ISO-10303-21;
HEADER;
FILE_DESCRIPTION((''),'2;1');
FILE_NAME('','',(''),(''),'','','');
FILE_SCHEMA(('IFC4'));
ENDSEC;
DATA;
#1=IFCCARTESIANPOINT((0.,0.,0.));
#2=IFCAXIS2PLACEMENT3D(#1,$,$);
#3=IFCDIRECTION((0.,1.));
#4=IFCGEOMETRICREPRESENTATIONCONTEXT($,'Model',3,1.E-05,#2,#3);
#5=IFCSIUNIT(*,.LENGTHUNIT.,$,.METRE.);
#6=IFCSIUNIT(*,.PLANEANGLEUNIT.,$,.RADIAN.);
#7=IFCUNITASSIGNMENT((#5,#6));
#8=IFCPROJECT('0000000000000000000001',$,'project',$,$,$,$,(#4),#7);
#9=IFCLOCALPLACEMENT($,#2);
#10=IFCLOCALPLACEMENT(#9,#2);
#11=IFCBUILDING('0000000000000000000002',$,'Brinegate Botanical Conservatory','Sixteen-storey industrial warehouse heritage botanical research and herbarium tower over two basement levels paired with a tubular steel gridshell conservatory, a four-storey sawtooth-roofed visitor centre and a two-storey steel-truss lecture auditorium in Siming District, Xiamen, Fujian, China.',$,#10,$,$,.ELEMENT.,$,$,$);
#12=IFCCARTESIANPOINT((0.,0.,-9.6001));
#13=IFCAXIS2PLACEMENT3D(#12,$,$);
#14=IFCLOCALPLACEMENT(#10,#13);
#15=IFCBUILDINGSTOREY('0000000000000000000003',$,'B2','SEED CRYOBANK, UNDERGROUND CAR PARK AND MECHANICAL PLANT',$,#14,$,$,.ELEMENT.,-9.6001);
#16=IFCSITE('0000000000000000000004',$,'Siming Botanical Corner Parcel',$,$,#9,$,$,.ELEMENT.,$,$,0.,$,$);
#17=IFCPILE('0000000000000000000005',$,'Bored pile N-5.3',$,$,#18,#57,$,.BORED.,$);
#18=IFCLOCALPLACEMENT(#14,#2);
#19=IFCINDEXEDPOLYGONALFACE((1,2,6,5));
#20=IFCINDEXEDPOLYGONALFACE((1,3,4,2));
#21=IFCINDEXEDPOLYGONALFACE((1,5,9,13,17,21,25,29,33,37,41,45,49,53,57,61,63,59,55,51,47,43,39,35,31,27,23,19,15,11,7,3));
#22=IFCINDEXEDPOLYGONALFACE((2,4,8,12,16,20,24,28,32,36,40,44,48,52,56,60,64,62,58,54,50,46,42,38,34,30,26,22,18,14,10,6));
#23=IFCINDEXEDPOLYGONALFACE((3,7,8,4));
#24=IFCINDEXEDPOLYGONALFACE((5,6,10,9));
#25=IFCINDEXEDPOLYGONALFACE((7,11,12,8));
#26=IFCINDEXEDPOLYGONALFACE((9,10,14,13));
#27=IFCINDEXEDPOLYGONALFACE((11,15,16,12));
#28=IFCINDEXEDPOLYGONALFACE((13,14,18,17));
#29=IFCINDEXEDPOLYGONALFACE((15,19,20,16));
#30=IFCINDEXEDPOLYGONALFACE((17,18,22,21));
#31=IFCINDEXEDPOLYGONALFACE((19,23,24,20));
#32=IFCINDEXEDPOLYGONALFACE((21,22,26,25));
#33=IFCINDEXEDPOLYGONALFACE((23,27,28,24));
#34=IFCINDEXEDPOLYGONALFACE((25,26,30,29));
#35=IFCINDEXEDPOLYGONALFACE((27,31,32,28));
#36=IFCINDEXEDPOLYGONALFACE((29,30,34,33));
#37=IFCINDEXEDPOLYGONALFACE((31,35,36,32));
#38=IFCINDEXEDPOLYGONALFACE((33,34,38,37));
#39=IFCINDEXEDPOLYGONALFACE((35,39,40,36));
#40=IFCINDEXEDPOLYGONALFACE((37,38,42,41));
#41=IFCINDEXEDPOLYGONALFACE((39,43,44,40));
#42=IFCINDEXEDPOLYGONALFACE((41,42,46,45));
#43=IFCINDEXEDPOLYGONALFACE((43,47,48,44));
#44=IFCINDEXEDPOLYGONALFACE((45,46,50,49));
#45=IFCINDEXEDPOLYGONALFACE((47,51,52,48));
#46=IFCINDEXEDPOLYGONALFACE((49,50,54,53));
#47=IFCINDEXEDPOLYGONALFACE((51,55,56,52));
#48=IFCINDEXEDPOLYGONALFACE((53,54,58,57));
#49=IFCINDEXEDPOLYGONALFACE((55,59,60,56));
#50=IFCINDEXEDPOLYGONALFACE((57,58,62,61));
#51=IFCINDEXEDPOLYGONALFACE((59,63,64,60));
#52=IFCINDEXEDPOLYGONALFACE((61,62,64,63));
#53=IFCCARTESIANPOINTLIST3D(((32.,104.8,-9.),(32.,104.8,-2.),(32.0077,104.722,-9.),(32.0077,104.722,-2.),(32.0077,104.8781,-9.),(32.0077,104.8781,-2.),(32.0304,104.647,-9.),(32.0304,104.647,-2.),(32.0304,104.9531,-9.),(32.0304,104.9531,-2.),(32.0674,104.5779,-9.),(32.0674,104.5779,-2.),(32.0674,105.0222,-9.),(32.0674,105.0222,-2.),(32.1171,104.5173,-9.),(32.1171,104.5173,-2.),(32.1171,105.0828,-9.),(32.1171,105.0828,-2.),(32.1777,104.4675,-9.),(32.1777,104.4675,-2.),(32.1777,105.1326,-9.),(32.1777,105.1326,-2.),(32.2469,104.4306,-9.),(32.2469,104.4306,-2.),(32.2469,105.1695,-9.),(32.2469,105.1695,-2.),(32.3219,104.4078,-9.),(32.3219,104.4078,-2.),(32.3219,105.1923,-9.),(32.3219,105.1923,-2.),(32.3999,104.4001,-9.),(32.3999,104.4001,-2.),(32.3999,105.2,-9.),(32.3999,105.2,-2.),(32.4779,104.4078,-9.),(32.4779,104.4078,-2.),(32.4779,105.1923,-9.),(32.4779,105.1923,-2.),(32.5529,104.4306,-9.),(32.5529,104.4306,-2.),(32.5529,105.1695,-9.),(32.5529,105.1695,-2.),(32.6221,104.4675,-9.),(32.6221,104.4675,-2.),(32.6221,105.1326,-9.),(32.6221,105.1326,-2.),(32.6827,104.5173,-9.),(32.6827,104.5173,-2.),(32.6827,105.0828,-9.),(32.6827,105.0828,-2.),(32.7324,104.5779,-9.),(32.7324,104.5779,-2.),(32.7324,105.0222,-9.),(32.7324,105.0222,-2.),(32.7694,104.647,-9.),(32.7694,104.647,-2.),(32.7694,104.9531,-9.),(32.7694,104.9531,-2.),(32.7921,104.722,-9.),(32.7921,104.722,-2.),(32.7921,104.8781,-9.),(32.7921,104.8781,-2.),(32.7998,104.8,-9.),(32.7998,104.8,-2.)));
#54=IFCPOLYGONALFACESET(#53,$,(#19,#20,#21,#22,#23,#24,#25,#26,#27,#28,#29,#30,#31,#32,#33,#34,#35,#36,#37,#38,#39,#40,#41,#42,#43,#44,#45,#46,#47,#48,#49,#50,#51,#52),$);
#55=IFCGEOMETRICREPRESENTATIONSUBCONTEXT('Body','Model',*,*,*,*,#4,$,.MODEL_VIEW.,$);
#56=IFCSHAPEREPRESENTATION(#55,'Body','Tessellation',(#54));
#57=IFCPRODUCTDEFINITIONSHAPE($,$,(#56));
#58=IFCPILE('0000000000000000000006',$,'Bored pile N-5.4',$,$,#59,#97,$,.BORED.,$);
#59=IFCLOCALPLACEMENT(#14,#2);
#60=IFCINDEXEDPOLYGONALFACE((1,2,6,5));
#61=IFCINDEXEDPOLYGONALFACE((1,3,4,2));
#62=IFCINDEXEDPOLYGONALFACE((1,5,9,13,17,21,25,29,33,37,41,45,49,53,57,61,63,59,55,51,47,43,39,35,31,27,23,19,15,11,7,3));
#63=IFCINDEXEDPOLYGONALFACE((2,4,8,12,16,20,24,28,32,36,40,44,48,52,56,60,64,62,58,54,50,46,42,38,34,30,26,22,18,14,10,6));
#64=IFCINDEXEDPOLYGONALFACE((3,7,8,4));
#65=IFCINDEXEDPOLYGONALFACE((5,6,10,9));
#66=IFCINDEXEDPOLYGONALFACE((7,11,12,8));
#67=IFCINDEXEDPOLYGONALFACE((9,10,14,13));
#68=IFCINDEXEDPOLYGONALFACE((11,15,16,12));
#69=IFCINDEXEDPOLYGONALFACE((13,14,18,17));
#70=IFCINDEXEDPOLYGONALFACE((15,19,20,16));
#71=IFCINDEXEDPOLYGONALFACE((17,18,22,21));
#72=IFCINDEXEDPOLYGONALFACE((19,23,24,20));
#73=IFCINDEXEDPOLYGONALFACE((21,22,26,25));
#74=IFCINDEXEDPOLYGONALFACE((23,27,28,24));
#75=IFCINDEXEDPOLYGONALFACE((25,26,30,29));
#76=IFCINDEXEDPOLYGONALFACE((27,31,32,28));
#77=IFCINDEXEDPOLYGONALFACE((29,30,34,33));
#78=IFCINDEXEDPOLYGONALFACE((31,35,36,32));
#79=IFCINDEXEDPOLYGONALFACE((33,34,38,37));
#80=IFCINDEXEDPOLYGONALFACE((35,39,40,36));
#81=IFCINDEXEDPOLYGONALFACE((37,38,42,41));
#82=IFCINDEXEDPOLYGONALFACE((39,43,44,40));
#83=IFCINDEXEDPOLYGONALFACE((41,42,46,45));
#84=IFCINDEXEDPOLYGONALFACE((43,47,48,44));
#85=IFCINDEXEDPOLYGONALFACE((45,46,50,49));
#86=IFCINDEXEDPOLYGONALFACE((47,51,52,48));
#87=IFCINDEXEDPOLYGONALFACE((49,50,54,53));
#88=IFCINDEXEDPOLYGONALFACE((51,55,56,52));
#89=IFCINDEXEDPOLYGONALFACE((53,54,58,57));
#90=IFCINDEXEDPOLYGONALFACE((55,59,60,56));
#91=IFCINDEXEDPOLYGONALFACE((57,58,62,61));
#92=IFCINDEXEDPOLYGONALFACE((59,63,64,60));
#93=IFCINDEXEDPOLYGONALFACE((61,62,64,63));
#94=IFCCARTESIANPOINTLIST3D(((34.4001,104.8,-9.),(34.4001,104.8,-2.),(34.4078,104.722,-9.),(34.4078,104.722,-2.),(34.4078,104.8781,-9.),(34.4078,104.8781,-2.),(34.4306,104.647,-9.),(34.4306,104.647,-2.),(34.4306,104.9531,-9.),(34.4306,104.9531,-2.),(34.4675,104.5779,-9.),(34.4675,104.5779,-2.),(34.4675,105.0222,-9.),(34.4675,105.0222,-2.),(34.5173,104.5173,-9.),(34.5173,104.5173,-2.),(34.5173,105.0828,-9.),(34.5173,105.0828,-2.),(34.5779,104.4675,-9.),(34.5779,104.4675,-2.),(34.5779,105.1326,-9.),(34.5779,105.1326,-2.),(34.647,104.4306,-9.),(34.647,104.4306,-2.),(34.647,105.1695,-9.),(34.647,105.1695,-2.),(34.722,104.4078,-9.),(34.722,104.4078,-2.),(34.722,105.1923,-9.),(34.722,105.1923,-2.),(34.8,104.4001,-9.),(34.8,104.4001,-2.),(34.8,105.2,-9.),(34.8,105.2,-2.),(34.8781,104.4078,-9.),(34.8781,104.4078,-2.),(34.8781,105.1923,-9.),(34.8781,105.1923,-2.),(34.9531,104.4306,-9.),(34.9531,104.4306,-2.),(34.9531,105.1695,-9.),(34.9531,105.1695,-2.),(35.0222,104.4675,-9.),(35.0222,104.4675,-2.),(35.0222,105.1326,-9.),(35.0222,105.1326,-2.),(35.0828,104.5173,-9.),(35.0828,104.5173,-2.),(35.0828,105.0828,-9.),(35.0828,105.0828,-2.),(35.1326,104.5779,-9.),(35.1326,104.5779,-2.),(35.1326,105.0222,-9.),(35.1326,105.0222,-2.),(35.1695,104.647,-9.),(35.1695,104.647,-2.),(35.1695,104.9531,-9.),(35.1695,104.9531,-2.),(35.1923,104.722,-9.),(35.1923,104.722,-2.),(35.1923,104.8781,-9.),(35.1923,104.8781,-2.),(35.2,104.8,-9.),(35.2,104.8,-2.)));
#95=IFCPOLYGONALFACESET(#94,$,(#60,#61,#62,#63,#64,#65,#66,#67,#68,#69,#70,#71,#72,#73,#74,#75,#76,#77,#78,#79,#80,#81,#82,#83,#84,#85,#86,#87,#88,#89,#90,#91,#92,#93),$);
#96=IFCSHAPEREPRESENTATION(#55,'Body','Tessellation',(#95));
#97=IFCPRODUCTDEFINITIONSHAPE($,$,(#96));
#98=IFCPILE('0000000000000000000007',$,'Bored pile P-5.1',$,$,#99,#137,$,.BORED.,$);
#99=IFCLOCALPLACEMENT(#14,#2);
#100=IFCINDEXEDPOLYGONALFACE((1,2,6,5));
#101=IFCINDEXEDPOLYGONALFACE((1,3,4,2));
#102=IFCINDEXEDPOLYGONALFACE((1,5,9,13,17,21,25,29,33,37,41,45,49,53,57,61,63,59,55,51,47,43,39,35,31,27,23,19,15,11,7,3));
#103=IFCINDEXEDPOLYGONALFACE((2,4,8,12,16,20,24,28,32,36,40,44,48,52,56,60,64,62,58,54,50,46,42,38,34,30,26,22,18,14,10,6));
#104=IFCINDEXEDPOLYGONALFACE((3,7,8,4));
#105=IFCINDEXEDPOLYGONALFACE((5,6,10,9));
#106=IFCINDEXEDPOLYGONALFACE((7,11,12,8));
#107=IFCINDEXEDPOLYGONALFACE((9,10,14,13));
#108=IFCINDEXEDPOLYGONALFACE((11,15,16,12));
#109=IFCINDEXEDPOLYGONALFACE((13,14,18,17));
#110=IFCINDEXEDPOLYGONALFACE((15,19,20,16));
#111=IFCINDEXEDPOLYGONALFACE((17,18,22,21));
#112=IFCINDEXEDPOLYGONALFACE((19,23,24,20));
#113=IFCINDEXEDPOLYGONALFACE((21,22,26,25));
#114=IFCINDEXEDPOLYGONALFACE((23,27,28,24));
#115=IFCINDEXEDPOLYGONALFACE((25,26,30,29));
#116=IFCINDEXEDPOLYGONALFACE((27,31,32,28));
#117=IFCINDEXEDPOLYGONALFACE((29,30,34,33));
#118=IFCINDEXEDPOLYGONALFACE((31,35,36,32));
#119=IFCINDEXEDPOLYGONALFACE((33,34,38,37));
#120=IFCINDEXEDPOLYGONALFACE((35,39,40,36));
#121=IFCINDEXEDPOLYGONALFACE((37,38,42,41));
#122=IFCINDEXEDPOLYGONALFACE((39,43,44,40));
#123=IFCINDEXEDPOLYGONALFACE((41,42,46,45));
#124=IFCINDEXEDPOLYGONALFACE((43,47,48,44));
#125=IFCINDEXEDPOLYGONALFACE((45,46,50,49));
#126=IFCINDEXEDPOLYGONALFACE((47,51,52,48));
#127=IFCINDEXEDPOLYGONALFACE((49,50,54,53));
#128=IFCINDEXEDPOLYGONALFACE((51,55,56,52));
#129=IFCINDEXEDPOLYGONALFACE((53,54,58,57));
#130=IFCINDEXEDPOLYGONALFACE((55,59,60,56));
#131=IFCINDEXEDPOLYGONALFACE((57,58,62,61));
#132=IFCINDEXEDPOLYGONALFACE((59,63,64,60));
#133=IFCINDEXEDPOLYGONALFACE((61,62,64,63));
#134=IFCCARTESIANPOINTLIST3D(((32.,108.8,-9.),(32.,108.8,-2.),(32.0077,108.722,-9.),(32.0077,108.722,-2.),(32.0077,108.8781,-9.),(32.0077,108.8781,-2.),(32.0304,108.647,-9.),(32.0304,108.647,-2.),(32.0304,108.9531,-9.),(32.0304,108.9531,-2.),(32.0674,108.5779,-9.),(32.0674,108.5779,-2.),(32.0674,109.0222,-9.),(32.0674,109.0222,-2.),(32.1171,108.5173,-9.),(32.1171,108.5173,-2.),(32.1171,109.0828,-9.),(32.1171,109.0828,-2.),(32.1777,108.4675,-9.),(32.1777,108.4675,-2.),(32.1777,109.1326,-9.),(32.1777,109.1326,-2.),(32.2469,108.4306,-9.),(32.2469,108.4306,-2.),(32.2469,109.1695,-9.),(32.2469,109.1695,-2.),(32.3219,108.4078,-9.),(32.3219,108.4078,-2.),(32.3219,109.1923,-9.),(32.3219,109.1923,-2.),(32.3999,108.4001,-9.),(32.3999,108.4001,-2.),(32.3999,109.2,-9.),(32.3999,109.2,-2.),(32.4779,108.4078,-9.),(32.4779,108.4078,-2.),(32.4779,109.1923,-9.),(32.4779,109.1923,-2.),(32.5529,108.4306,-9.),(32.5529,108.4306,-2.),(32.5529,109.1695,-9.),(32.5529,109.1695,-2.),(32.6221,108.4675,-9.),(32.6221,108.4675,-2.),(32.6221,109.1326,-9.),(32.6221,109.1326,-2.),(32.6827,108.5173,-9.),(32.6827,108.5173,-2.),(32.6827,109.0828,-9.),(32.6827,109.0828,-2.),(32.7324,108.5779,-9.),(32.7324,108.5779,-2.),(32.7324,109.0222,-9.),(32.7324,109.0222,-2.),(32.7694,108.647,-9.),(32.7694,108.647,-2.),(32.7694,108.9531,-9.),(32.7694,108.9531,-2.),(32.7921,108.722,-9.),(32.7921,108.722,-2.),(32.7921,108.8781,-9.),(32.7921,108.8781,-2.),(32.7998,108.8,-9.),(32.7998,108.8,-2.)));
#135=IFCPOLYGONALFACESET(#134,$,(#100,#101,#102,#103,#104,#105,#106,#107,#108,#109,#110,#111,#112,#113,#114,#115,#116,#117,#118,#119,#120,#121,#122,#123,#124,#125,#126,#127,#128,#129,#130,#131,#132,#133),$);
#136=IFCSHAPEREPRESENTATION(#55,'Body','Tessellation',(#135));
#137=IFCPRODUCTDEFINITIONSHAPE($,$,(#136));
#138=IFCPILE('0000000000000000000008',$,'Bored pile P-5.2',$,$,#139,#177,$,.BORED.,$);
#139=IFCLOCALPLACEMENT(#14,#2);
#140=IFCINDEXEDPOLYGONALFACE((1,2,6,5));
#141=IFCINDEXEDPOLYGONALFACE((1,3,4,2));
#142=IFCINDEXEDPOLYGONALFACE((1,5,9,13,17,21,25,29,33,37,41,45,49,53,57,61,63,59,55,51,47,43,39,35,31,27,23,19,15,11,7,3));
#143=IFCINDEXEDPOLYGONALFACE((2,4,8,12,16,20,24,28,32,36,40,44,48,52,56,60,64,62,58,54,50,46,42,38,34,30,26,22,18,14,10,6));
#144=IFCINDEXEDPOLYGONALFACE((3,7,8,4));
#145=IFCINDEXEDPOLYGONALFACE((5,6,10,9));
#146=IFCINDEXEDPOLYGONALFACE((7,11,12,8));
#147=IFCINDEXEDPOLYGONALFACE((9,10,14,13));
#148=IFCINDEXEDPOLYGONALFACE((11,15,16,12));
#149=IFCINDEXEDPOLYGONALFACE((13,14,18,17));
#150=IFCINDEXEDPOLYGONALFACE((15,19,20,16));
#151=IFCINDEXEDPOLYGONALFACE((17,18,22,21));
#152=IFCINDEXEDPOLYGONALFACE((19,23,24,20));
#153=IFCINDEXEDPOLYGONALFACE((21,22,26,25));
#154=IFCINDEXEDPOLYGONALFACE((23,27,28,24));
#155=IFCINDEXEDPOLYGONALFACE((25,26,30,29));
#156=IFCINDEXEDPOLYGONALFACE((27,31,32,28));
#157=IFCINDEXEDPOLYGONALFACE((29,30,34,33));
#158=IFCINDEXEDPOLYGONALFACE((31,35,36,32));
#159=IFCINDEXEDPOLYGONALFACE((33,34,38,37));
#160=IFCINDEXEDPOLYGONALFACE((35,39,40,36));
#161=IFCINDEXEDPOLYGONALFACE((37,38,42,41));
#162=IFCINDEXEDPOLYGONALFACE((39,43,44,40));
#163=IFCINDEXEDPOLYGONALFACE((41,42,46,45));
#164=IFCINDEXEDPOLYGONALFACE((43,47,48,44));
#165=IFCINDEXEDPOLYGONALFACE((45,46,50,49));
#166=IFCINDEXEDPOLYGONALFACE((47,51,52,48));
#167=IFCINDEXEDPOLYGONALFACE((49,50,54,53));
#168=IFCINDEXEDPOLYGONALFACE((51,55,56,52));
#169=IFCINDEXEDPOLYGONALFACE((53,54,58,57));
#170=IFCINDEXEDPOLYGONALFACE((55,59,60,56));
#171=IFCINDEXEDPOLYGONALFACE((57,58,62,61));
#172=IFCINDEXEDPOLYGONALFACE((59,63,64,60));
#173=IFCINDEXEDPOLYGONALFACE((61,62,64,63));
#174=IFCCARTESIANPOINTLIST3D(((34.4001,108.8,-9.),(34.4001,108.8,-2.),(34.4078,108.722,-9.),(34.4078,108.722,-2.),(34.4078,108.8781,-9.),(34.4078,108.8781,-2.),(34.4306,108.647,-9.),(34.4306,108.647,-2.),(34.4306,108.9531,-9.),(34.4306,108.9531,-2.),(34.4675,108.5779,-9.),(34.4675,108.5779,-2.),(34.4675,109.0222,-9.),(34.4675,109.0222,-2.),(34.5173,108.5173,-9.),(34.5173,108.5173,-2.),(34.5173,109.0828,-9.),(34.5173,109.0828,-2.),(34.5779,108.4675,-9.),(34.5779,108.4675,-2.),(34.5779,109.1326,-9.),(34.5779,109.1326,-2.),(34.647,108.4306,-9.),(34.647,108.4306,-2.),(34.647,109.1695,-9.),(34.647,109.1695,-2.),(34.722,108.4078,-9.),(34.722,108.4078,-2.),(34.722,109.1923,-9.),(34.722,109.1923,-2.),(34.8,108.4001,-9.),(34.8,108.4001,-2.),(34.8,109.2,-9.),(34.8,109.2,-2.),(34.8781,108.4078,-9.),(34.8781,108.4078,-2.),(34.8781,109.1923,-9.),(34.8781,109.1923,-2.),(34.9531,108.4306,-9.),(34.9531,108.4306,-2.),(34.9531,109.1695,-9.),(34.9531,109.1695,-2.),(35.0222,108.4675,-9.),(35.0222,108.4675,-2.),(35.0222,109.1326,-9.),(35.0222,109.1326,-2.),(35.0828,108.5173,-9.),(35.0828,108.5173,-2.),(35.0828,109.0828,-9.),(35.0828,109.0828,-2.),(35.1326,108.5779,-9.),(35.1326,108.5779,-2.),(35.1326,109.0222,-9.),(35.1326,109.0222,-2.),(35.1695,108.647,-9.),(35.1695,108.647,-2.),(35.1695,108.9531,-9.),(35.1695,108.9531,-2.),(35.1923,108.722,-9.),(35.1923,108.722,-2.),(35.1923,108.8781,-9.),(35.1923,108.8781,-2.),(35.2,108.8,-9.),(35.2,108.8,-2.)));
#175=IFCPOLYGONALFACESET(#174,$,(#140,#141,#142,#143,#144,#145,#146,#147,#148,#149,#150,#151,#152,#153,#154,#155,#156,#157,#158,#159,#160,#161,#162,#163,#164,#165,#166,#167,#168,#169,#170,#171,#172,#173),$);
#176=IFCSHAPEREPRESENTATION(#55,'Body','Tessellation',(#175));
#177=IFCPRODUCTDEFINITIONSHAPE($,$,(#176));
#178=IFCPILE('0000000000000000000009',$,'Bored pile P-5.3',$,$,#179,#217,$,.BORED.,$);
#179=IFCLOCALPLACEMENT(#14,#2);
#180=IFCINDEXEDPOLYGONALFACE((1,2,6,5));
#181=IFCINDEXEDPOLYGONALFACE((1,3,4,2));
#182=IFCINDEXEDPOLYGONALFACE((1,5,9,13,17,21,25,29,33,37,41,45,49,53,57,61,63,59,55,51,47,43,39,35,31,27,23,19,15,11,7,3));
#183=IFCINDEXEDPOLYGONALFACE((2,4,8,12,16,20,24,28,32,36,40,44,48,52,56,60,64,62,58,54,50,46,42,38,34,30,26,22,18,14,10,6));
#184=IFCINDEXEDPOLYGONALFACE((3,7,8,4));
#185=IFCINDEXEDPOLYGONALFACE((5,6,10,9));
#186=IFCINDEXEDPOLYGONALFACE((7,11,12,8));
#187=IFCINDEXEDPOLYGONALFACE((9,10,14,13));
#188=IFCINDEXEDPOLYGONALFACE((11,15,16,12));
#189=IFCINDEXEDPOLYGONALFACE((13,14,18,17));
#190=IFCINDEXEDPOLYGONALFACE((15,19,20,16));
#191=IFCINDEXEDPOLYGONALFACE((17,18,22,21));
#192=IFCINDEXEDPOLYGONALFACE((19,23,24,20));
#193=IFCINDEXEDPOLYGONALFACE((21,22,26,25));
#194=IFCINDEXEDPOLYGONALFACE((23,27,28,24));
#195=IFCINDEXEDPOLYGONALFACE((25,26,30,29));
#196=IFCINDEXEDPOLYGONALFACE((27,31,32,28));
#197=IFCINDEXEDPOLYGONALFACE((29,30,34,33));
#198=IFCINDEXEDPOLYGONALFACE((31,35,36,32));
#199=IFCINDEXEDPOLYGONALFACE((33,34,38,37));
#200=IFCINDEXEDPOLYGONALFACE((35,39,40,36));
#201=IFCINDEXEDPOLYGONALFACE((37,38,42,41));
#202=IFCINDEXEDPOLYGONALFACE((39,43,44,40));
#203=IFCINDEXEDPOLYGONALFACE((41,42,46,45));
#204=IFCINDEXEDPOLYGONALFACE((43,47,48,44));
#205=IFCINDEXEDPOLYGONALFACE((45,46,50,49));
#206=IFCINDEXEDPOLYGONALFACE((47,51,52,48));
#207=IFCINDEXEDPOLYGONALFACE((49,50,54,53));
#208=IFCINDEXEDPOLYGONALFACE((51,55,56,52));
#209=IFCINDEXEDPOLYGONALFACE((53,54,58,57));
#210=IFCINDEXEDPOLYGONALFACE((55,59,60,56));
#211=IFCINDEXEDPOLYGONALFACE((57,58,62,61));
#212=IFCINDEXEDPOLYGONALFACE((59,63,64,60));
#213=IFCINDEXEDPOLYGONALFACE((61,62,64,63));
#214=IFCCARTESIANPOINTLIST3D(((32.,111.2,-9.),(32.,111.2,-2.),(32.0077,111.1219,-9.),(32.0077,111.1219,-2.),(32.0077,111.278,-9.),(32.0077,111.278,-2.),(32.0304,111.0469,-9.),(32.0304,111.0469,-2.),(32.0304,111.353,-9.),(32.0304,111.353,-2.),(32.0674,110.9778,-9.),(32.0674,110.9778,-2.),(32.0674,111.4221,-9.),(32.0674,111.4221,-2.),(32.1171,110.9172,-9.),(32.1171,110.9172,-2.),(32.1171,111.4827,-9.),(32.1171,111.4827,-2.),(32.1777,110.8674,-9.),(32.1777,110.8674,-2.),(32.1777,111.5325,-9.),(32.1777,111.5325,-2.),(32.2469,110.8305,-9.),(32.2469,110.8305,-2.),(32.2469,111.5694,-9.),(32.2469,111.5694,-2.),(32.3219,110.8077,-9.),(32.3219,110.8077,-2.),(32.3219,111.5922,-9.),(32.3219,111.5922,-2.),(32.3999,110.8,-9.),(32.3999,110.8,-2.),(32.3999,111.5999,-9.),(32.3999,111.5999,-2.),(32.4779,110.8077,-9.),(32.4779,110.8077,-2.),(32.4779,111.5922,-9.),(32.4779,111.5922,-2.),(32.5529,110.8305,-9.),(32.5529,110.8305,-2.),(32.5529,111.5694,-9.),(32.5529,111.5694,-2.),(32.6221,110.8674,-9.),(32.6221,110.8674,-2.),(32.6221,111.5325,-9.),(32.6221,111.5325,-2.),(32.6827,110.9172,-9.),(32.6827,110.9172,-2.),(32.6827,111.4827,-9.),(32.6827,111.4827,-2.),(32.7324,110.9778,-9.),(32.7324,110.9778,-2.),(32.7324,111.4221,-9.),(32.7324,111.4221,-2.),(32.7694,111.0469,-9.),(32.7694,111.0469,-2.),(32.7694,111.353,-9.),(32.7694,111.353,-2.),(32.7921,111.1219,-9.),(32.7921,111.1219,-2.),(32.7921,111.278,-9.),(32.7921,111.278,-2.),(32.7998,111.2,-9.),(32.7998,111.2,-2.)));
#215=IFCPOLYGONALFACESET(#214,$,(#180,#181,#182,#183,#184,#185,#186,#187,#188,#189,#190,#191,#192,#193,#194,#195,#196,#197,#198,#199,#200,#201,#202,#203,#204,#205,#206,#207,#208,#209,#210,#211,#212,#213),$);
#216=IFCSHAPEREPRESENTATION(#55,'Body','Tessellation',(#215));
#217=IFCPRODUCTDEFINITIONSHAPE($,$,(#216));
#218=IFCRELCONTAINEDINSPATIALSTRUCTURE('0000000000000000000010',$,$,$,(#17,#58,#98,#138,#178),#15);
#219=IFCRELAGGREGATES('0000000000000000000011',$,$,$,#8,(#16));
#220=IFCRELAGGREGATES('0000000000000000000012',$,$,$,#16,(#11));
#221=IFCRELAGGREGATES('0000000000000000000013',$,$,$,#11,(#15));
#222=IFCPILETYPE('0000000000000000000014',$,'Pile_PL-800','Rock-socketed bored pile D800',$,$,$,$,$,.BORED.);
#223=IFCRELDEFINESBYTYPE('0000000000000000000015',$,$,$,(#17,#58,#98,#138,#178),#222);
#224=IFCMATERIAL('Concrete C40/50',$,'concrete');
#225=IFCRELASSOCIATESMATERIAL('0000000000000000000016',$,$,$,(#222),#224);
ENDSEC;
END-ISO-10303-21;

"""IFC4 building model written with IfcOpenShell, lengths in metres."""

from ifc_helpers import new_model, si_unit, direction, frame, origin, origin_2d, place, context, subcontext, project, spatial, circle, extrude, material, material_profile, profile_set, type_object, element, save


model = new_model("IFC4")

# Units and contexts
model_context = context("Model", 3, precision=1e-05, world=origin(), true_north=direction((0.0, 1.0)))
body_context = subcontext(model_context, "Body", "Model", "MODEL_VIEW")
ifc_project = project(units=[si_unit("LENGTHUNIT", "METRE"), si_unit("PLANEANGLEUNIT", "RADIAN")], contexts=[model_context])

# Site, building, storey
site_placement = place(None, origin())
site = spatial("IfcSite", under=ifc_project, at=site_placement, Name="Siming Botanical Corner Parcel", CompositionType="ELEMENT", RefElevation=0.0)
building_placement = place(site_placement, origin())
building = spatial("IfcBuilding", under=site, at=building_placement, Name="Brinegate Botanical Conservatory", Description="Sixteen-storey industrial warehouse heritage botanical research and herbarium tower over two basement levels paired with a tubular steel gridshell conservatory, a four-storey sawtooth-roofed visitor centre and a two-storey steel-truss lecture auditorium in Siming District, Xiamen, Fujian, China.", CompositionType="ELEMENT")
storey_placement = place(building_placement, frame((0.0, 0.0, -9.6001)))
storey = spatial("IfcBuildingStorey", under=building, at=storey_placement, Name="B2", Description="SEED CRYOBANK, UNDERGROUND CAR PARK AND MECHANICAL PLANT", CompositionType="ELEMENT", Elevation=-9.6001)

# Shared definitions
ifc_material = material(Name="Concrete C40/50", Category="concrete")

# Piles
ifc_material_profile_1 = material_profile(ifc_material, circle(Radius=0.3999, at=origin_2d()), Name="PILE D800")
ifc_profile_set_1 = profile_set([ifc_material_profile_1], Name="Concrete C40/50")
pile_type = type_object("IfcPileType", Name="Pile_PL-800", Description="Rock-socketed bored pile D800", PredefinedType="BORED", material=ifc_profile_set_1)
for number, where, z_axis, x_axis, name in (
    (1, (32.3999, 104.8, -2.0), (0.0, 0.0, -1.0), (1.0, 0.0, 0.0), "Bored pile N-5.3"),
    (2, (34.8, 104.8, -2.0), (0.0, 0.0, -1.0), (1.0, 0.0, 0.0), "Bored pile N-5.4"),
    (3, (32.3999, 108.8, -2.0), (0.0, 0.0, -1.0), (1.0, 0.0, 0.0), "Bored pile P-5.1"),
    (4, (34.8, 108.8, -2.0), (0.0, 0.0, -1.0), (1.0, 0.0, 0.0), "Bored pile P-5.2"),
    (5, (32.3999, 111.2, -2.0), (0.0, 0.0, -1.0), (1.0, 0.0, 0.0), "Bored pile P-5.3"),
):
    element("IfcPile", number, at=place(storey_placement, frame(where, z_axis=z_axis, x_axis=x_axis)), inside=storey, type_object=pile_type, Name=name, PredefinedType="BORED", context=body_context, shape_type="SweptSolid", body=[
        extrude(circle(Radius=0.3999, at=origin_2d()), origin(), (0.0, 0.0, 1.0), 7.0),
    ])

save(model, "model.ifc")
